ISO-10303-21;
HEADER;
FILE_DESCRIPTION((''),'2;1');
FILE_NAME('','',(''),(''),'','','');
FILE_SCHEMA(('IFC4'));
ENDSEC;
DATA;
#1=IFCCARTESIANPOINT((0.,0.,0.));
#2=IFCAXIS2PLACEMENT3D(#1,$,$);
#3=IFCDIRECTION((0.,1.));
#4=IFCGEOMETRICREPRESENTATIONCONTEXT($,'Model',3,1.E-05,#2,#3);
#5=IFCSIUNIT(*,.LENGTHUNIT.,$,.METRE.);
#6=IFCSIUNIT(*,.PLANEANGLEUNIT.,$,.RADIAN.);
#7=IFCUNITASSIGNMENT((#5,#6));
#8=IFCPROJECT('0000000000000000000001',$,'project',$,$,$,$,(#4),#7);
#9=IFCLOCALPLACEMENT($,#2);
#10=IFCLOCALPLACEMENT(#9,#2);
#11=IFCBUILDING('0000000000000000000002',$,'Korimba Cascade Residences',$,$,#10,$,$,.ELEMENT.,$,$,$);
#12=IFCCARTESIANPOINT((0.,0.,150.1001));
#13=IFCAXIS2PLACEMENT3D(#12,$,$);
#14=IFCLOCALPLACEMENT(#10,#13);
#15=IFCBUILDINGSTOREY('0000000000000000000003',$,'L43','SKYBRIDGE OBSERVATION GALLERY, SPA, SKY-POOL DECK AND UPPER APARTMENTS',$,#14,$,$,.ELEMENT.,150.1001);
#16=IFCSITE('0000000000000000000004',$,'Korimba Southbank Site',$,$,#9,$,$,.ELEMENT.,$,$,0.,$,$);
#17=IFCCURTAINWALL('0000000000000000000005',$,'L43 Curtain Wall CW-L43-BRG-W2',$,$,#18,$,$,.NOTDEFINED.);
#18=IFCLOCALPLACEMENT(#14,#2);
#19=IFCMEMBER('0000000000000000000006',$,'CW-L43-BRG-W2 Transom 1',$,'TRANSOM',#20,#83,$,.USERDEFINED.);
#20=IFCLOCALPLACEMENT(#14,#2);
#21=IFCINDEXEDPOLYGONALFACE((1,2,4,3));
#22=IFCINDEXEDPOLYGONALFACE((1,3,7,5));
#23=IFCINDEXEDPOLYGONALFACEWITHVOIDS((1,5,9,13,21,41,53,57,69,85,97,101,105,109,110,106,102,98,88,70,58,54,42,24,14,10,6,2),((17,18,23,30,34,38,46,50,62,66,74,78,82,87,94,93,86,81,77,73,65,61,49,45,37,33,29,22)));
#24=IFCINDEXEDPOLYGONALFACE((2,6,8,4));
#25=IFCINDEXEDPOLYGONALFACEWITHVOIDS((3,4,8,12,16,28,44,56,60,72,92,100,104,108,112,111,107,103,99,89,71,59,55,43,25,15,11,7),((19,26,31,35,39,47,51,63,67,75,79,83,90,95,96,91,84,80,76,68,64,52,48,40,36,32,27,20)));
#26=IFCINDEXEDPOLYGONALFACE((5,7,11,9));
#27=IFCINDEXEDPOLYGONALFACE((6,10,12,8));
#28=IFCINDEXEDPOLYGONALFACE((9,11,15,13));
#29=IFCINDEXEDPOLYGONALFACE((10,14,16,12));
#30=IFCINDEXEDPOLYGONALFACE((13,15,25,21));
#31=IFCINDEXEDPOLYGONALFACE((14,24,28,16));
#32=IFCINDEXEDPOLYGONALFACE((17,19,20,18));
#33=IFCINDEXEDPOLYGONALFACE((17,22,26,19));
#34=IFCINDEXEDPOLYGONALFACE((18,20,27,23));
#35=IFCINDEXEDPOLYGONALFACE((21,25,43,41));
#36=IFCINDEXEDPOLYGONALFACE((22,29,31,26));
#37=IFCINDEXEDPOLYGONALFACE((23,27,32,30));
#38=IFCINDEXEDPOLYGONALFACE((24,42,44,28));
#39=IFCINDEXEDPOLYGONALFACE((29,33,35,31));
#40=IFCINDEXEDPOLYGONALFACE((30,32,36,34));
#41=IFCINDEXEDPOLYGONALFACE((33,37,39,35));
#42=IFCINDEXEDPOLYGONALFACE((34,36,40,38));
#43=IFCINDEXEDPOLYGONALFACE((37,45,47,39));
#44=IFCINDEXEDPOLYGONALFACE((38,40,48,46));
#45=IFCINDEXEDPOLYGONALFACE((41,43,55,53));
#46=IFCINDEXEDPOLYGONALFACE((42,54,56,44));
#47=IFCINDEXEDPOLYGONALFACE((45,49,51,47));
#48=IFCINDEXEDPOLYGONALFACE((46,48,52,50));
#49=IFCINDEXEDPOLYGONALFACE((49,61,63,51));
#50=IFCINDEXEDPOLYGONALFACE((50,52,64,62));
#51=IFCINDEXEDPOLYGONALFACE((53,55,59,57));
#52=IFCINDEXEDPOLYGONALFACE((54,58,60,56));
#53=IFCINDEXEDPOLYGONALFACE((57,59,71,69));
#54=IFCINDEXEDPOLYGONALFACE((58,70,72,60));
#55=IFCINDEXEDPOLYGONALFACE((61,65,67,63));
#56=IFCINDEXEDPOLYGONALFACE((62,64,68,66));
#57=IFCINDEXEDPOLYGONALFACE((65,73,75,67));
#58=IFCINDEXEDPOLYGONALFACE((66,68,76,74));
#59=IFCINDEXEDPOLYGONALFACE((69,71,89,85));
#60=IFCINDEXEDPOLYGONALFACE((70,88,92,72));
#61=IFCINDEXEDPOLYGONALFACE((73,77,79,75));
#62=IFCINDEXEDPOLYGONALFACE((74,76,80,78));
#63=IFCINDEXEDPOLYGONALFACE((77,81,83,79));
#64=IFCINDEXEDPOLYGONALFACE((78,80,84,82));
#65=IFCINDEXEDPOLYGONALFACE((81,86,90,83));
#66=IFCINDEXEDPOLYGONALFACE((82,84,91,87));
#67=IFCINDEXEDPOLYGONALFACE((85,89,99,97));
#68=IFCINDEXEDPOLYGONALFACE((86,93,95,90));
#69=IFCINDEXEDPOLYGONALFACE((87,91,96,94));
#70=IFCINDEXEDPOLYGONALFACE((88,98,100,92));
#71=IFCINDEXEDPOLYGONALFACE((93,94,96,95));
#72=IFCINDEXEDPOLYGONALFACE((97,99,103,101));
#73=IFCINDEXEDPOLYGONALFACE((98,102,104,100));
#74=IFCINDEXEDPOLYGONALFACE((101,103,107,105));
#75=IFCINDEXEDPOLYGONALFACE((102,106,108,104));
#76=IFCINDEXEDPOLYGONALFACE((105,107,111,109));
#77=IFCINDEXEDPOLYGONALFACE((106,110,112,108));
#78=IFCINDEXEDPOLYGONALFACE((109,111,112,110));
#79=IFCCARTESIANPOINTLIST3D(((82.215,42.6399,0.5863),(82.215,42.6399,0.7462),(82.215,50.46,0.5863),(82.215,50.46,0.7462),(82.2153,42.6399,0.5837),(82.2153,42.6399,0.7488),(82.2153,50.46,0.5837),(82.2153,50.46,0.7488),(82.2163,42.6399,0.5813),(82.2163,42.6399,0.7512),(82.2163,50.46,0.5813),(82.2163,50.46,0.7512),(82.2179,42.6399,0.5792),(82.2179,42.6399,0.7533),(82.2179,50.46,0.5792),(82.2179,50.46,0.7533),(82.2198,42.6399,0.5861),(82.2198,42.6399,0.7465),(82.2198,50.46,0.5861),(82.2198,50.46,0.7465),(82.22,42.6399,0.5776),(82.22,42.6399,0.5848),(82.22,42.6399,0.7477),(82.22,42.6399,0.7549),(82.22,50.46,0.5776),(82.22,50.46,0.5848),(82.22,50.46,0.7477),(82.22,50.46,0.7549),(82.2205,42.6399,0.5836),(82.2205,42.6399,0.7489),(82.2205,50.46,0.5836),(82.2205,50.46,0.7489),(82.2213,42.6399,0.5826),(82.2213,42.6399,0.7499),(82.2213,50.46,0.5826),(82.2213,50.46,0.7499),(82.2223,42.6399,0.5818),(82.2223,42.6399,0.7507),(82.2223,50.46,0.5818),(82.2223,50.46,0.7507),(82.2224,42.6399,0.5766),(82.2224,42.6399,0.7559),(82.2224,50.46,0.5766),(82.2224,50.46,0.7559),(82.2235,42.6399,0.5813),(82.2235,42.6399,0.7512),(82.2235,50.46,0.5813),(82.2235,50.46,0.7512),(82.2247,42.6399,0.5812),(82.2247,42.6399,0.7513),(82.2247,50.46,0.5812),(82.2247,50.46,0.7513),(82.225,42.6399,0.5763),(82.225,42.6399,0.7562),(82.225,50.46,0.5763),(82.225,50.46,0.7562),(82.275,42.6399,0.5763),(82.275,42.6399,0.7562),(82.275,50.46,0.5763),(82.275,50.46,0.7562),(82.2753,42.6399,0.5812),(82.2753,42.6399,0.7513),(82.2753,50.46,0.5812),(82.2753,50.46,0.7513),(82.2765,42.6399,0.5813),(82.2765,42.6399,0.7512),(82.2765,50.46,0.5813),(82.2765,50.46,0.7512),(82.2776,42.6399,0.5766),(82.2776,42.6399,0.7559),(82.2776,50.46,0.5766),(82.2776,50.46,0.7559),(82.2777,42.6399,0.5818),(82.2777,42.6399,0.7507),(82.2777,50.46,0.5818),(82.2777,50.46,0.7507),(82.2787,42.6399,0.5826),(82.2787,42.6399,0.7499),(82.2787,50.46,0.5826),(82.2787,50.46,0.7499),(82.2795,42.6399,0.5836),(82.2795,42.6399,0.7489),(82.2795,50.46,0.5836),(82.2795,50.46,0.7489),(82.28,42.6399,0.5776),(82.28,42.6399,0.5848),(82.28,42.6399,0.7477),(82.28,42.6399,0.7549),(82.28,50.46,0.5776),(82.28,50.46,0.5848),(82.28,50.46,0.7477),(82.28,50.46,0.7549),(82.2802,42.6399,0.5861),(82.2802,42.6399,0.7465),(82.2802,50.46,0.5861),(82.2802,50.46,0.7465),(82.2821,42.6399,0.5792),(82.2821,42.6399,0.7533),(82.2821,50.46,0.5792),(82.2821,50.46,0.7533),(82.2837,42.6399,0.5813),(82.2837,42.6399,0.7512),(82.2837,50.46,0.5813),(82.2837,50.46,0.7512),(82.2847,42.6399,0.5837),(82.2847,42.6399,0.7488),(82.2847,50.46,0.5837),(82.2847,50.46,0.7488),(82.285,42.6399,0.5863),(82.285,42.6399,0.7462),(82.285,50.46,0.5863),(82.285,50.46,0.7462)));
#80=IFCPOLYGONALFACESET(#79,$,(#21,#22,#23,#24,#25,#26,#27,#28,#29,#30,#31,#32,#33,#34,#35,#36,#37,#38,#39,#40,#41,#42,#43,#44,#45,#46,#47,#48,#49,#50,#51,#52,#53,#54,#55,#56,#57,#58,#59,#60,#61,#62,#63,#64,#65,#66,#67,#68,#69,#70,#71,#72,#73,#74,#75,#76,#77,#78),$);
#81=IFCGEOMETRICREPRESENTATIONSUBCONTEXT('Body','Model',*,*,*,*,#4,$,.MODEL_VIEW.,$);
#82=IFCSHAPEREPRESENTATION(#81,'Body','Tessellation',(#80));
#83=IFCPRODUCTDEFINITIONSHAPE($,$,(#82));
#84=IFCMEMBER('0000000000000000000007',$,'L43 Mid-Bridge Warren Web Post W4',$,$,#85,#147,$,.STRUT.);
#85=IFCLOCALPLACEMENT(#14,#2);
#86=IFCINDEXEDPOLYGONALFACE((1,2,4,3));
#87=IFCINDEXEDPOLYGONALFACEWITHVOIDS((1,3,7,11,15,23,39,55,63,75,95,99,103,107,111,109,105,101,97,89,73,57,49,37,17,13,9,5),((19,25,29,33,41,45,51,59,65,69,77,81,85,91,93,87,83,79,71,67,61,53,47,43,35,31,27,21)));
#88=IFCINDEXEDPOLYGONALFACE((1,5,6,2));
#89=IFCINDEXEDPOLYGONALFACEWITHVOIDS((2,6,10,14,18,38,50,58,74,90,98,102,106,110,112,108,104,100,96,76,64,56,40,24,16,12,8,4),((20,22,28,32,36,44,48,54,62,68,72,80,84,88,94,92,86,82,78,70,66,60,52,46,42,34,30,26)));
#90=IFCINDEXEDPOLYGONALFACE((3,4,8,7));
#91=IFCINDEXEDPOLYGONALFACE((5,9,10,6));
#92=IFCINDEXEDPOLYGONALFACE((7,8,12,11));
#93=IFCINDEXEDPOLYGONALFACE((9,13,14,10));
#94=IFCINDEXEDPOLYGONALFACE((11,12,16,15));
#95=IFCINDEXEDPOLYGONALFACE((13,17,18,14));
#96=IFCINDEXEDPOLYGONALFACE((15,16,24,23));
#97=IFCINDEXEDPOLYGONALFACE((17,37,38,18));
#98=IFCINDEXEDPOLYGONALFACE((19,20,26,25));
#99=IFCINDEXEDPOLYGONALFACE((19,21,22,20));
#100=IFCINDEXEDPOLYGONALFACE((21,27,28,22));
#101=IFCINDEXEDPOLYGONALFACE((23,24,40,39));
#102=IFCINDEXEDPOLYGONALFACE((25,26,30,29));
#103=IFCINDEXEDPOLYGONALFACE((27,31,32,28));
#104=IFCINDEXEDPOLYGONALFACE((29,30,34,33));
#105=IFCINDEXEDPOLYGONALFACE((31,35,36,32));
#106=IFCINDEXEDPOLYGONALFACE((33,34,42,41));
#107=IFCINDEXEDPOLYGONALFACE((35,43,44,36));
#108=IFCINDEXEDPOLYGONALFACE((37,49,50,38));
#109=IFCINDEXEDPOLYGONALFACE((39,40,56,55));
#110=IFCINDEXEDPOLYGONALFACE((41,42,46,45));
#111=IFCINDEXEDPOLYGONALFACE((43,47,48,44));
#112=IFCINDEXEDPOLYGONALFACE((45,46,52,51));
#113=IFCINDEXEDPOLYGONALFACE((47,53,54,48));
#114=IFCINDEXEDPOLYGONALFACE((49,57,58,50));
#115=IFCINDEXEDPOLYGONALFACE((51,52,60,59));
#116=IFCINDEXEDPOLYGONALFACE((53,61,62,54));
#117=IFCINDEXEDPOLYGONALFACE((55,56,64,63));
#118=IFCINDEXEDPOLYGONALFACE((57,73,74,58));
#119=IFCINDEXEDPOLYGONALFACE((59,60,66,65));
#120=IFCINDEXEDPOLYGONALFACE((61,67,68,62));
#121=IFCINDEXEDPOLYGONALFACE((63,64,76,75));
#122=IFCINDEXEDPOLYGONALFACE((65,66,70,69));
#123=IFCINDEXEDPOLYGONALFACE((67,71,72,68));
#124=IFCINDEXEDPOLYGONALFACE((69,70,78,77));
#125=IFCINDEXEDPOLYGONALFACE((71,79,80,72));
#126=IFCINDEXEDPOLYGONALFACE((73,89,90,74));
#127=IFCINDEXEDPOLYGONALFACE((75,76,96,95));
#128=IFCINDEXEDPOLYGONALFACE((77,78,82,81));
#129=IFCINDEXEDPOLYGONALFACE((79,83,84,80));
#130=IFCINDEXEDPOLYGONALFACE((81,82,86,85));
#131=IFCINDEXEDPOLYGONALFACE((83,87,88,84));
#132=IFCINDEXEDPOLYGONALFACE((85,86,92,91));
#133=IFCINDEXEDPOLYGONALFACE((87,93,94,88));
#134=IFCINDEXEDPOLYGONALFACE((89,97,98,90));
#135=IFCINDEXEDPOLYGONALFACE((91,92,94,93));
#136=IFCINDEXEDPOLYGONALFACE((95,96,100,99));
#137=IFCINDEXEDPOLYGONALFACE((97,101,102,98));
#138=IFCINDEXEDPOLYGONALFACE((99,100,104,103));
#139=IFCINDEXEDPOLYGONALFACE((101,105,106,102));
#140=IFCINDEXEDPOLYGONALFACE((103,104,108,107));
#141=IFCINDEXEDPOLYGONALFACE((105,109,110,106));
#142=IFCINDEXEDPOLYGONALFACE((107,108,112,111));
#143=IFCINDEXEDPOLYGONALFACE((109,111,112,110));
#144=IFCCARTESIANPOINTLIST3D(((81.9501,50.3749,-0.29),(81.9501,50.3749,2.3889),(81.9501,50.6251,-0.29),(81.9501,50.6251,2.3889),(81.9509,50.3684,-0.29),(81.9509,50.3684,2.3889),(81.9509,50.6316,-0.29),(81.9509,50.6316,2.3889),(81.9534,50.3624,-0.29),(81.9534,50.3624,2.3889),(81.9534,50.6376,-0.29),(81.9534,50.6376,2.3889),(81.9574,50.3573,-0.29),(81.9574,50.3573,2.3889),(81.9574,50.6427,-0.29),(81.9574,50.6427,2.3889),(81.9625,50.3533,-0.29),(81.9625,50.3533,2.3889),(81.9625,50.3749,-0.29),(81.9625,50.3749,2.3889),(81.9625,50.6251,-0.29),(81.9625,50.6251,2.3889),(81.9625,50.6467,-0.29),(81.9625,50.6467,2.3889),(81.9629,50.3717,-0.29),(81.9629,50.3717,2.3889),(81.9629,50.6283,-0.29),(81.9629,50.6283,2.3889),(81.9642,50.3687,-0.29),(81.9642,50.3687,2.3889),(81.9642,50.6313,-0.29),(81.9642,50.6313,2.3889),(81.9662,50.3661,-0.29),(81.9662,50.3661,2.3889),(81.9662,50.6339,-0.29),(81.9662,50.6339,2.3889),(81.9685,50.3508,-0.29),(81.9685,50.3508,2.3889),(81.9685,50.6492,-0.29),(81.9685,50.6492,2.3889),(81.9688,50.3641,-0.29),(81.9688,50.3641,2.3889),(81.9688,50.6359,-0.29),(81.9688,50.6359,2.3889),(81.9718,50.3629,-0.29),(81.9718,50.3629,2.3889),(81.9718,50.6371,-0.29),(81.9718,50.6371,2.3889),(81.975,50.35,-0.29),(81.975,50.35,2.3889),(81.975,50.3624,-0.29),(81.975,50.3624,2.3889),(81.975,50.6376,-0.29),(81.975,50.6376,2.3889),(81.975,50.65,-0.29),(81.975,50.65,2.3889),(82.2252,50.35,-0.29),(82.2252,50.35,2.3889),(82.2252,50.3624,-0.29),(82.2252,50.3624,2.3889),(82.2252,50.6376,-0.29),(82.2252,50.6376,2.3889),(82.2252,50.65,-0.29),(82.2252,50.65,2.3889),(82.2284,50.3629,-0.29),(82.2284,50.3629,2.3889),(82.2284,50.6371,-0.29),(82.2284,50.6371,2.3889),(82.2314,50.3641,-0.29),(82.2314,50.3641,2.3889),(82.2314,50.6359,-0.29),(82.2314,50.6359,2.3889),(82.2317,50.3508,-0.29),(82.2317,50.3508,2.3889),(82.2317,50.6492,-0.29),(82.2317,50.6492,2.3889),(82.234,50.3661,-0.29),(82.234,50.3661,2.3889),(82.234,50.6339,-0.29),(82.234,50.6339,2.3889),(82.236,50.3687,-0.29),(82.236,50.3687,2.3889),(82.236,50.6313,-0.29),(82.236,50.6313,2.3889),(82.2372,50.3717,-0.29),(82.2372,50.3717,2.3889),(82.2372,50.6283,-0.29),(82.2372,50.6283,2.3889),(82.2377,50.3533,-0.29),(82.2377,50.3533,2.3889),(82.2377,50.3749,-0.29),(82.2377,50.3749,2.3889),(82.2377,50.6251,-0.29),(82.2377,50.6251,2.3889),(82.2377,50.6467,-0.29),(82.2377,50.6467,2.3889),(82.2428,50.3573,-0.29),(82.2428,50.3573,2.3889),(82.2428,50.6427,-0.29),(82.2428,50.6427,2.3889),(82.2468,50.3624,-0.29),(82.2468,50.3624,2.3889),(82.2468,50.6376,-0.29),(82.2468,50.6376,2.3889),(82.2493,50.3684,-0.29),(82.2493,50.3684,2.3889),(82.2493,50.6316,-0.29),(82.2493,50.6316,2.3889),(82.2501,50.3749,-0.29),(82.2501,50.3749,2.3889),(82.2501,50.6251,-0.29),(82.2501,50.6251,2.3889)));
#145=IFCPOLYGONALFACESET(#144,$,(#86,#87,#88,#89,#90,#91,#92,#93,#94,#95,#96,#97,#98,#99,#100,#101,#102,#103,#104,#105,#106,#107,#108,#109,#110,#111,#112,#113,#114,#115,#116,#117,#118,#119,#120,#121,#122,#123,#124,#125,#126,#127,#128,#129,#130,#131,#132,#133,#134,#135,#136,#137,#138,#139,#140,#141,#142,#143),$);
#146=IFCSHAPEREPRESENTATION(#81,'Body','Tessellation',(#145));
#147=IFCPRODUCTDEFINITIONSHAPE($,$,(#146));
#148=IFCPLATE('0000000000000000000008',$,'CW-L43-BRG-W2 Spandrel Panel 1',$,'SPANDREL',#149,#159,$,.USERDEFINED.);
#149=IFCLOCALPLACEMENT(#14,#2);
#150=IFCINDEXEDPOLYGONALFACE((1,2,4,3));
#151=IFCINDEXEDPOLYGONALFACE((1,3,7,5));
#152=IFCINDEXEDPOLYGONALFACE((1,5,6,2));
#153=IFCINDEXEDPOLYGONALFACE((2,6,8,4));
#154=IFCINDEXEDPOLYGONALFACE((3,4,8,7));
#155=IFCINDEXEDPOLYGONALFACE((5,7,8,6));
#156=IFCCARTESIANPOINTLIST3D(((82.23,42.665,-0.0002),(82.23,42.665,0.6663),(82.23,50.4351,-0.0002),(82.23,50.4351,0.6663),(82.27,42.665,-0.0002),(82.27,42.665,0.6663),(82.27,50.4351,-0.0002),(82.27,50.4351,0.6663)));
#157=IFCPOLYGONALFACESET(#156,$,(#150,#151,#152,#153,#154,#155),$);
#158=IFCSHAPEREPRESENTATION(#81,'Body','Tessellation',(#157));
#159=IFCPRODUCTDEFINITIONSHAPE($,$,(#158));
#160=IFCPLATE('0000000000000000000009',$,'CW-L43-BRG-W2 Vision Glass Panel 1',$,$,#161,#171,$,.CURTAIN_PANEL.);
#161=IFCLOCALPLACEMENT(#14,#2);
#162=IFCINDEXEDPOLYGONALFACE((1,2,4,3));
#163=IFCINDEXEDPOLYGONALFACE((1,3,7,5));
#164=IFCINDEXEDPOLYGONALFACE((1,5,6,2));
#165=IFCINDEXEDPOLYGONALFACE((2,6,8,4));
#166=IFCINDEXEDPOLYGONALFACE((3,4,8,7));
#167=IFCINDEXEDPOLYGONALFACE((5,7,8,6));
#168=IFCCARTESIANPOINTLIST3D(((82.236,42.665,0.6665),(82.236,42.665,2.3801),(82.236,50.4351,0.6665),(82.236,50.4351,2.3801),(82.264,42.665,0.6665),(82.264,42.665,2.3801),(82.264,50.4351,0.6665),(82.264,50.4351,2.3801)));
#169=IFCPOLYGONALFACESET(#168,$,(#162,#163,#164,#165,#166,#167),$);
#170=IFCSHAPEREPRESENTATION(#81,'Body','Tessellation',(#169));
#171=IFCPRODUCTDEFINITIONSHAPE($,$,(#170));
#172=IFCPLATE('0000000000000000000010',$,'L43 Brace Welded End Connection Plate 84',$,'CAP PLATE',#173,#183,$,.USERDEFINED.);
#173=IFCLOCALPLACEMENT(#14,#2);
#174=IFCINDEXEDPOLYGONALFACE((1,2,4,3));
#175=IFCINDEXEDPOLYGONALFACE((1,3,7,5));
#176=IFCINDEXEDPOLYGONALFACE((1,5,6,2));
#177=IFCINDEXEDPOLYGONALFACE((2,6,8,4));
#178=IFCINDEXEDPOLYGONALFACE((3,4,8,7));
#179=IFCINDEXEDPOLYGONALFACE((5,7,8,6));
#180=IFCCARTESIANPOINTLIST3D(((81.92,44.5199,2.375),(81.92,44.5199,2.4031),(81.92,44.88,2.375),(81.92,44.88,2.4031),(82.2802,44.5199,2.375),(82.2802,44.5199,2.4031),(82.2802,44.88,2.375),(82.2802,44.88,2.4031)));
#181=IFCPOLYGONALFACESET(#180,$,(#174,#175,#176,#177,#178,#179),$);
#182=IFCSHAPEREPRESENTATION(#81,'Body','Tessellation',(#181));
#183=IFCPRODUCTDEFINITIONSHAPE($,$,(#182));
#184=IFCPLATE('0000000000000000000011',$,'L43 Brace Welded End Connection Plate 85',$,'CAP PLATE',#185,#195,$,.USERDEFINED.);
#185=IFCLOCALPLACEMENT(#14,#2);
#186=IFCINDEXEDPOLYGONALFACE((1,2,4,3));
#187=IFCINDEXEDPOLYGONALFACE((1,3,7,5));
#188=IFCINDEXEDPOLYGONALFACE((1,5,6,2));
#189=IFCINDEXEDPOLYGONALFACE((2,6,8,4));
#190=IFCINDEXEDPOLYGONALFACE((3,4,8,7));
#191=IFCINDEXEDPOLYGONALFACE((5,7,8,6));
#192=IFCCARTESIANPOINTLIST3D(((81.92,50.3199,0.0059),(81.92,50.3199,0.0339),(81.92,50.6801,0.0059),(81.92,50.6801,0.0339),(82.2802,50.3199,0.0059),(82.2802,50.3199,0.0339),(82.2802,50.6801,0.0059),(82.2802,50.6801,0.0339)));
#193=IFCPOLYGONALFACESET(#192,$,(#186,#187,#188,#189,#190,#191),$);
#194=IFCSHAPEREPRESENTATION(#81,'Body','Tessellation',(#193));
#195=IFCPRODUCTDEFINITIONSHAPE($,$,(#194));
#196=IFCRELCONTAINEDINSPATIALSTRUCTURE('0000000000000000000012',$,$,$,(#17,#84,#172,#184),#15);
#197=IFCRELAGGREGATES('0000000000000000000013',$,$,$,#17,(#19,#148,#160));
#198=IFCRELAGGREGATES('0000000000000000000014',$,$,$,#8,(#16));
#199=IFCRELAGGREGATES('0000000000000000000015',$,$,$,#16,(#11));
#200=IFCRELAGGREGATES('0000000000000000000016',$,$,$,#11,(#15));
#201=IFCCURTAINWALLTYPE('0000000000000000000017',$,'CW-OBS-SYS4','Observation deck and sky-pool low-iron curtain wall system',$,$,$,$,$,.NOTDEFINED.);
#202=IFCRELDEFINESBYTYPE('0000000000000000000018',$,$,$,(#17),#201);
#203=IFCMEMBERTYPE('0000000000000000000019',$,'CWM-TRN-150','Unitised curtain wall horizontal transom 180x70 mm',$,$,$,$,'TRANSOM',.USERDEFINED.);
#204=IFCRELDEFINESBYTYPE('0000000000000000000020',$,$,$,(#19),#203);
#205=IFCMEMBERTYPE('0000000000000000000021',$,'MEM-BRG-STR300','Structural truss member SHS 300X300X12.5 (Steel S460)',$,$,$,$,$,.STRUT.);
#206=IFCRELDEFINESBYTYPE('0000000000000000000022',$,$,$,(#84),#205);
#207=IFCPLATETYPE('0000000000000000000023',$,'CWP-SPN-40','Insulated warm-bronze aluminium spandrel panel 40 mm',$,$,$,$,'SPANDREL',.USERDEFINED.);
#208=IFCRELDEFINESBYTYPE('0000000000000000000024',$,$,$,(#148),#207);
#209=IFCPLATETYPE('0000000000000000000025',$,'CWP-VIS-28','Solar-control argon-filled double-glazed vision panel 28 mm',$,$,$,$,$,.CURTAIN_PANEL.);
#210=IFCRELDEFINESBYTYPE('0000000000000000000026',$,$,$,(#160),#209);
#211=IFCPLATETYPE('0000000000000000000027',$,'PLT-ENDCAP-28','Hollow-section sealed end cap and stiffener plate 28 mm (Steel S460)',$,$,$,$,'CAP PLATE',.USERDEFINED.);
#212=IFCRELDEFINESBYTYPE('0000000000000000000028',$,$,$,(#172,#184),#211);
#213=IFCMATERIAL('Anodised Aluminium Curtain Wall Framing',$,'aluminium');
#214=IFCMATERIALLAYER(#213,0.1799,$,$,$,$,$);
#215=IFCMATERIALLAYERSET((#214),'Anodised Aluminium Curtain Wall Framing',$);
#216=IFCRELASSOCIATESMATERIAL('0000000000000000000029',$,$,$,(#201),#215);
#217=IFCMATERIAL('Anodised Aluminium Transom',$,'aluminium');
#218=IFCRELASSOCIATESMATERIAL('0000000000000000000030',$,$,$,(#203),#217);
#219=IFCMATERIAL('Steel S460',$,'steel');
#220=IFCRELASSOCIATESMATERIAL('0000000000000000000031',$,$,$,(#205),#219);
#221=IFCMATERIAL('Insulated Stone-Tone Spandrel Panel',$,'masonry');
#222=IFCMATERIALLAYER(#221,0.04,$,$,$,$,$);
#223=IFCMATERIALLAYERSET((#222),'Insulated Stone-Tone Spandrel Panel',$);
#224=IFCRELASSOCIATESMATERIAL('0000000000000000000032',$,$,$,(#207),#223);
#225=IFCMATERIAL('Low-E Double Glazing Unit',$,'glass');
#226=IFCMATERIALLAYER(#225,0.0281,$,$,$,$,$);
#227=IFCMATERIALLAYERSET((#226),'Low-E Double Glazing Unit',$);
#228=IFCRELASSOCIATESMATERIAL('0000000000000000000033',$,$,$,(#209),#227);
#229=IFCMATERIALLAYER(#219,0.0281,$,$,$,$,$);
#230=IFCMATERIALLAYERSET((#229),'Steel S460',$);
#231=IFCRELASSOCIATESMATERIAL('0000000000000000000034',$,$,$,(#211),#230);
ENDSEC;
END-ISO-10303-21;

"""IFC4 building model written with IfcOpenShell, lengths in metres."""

from ifc_helpers import new_model, si_unit, direction, frame, origin, origin_2d, place, context, subcontext, project, spatial, rectangle, hollow_rectangle, extrude, material, layer, layer_set, material_profile, profile_set, type_object, element, aggregate, save


model = new_model("IFC4")

# Units and contexts
model_context = context("Model", 3, precision=1e-05, world=origin(), true_north=direction((0.0, 1.0)))
body_context = subcontext(model_context, "Body", "Model", "MODEL_VIEW")
ifc_project = project(units=[si_unit("LENGTHUNIT", "METRE"), si_unit("PLANEANGLEUNIT", "RADIAN")], contexts=[model_context])

# Site, building, storey
site_placement = place(None, origin())
site = spatial("IfcSite", under=ifc_project, at=site_placement, Name="Korimba Southbank Site", CompositionType="ELEMENT", RefElevation=0.0)
building_placement = place(site_placement, origin())
building = spatial("IfcBuilding", under=site, at=building_placement, Name="Korimba Cascade Residences", CompositionType="ELEMENT")
storey_placement = place(building_placement, frame((0.0, 0.0, 150.1001)))
storey = spatial("IfcBuildingStorey", under=building, at=storey_placement, Name="L43", Description="SKYBRIDGE OBSERVATION GALLERY, SPA, SKY-POOL DECK AND UPPER APARTMENTS", CompositionType="ELEMENT", Elevation=150.1001)

# Curtain wall, member
ifc_material_1 = material(Name="Anodised Aluminium Curtain Wall Framing", Category="aluminium")
ifc_layer_1 = layer(ifc_material_1, 0.1799)
ifc_layer_set_1 = layer_set([ifc_layer_1], Name="Anodised Aluminium Curtain Wall Framing")
curtain_wall_type = type_object("IfcCurtainWallType", Name="CW-OBS-SYS4", Description="Observation deck and sky-pool low-iron curtain wall system", PredefinedType="NOTDEFINED", material=ifc_layer_set_1)
curtain_wall_placement = place(storey_placement, origin())
curtain_wall = element("IfcCurtainWall", 1, at=curtain_wall_placement, inside=storey, type_object=curtain_wall_type, Name="L43 Curtain Wall CW-L43-BRG-W2", PredefinedType="NOTDEFINED")
ifc_material_2 = material(Name="Anodised Aluminium Transom", Category="aluminium")
ifc_material_profile_1 = material_profile(ifc_material_2, hollow_rectangle(XDim=0.0701, YDim=0.1799, WallThickness=0.0049, InnerFilletRadius=0.0049, OuterFilletRadius=0.01, at=origin_2d()), Name="Anodised Aluminium Transom")
ifc_profile_set_1 = profile_set([ifc_material_profile_1], Name="Anodised Aluminium Transom")
member_type_1 = type_object("IfcMemberType", Name="CWM-TRN-150", Description="Unitised curtain wall horizontal transom 180x70 mm", ElementType="TRANSOM", PredefinedType="USERDEFINED", material=ifc_profile_set_1)
member_1_placement = place(storey_placement, frame((82.25, 42.6399, 0.6663), z_axis=(0.0, 1.0, 0.0), x_axis=(-1.0, 0.0, 0.0)))
member_1 = element("IfcMember", 2, at=member_1_placement, type_object=member_type_1, Name="CW-L43-BRG-W2 Transom 1", ObjectType="TRANSOM", PredefinedType="USERDEFINED", context=body_context, shape_type="SweptSolid", body=[
    extrude(hollow_rectangle(XDim=0.0701, YDim=0.1799, WallThickness=0.0049, InnerFilletRadius=0.0049, OuterFilletRadius=0.01, at=origin_2d()), origin(), (0.0, 0.0, 1.0), 7.8201),
])

# Member
ifc_material_3 = material(Name="Steel S460", Category="steel")
ifc_material_profile_2 = material_profile(ifc_material_3, hollow_rectangle(XDim=0.3, YDim=0.3, WallThickness=0.0125, InnerFilletRadius=0.0125, OuterFilletRadius=0.0249, at=origin_2d()), Name="Steel S460")
ifc_profile_set_2 = profile_set([ifc_material_profile_2], Name="Steel S460")
member_type_2 = type_object("IfcMemberType", Name="MEM-BRG-STR300", Description="Structural truss member SHS 300X300X12.5 (Steel S460)", PredefinedType="STRUT", material=ifc_profile_set_2)
member_2_placement = place(storey_placement, frame((82.1001, 50.5, -0.29), z_axis=(0.0, 0.0, 1.0), x_axis=(1.0, 0.0, 0.0)))
element("IfcMember", 3, at=member_2_placement, inside=storey, type_object=member_type_2, Name="L43 Mid-Bridge Warren Web Post W4", PredefinedType="STRUT", context=body_context, shape_type="SweptSolid", body=[
    extrude(hollow_rectangle(XDim=0.3, YDim=0.3, WallThickness=0.0125, InnerFilletRadius=0.0125, OuterFilletRadius=0.0249, at=origin_2d()), origin(), (0.0, 0.0, 1.0), 2.679),
])

# Plates
ifc_material_4 = material(Name="Insulated Stone-Tone Spandrel Panel", Category="masonry")
ifc_layer_2 = layer(ifc_material_4, 0.04)
ifc_layer_set_2 = layer_set([ifc_layer_2], Name="Insulated Stone-Tone Spandrel Panel")
plate_type_1 = type_object("IfcPlateType", Name="CWP-SPN-40", Description="Insulated warm-bronze aluminium spandrel panel 40 mm", ElementType="SPANDREL", PredefinedType="USERDEFINED", material=ifc_layer_set_2)
plate_1_placement = place(storey_placement, frame((82.25, 46.55, -0.0002), z_axis=(0.0, 0.0, 1.0), x_axis=(0.0, 1.0, 0.0)))
plate_1 = element("IfcPlate", 4, at=plate_1_placement, type_object=plate_type_1, Name="CW-L43-BRG-W2 Spandrel Panel 1", ObjectType="SPANDREL", PredefinedType="USERDEFINED", context=body_context, shape_type="SweptSolid", body=[
    extrude(rectangle(XDim=7.77, YDim=0.04, at=origin_2d()), origin(), (0.0, 0.0, 1.0), 0.6665),
])
ifc_material_5 = material(Name="Low-E Double Glazing Unit", Category="glass")
ifc_layer_3 = layer(ifc_material_5, 0.0281)
ifc_layer_set_3 = layer_set([ifc_layer_3], Name="Low-E Double Glazing Unit")
plate_type_2 = type_object("IfcPlateType", Name="CWP-VIS-28", Description="Solar-control argon-filled double-glazed vision panel 28 mm", PredefinedType="CURTAIN_PANEL", material=ifc_layer_set_3)
plate_2_placement = place(storey_placement, frame((82.25, 46.55, 0.6665), z_axis=(0.0, 0.0, 1.0), x_axis=(0.0, 1.0, 0.0)))
plate_2 = element("IfcPlate", 5, at=plate_2_placement, type_object=plate_type_2, Name="CW-L43-BRG-W2 Vision Glass Panel 1", PredefinedType="CURTAIN_PANEL", context=body_context, shape_type="SweptSolid", body=[
    extrude(rectangle(XDim=7.77, YDim=0.0281, at=origin_2d()), origin(), (0.0, 0.0, 1.0), 1.7136),
])
aggregate(curtain_wall, [member_1, plate_1, plate_2])

# Plates
ifc_layer_4 = layer(ifc_material_3, 0.0281)
ifc_layer_set_4 = layer_set([ifc_layer_4], Name="Steel S460")
plate_type_3 = type_object("IfcPlateType", Name="PLT-ENDCAP-28", Description="Hollow-section sealed end cap and stiffener plate 28 mm (Steel S460)", ElementType="CAP PLATE", PredefinedType="USERDEFINED", material=ifc_layer_set_4)
for number, where, z_axis, x_axis, name in (
    (6, (82.1001, 44.7, 2.375), (0.0, 0.0, 1.0), (1.0, 0.0, 0.0), "L43 Brace Welded End Connection Plate 84"),
    (7, (82.1001, 50.5, 0.0059), (0.0, 0.0, 1.0), (1.0, 0.0, 0.0), "L43 Brace Welded End Connection Plate 85"),
):
    element("IfcPlate", number, at=place(storey_placement, frame(where, z_axis=z_axis, x_axis=x_axis)), inside=storey, type_object=plate_type_3, Name=name, ObjectType="CAP PLATE", PredefinedType="USERDEFINED", context=body_context, shape_type="SweptSolid", body=[
        extrude(rectangle(XDim=0.3601, YDim=0.3601, at=origin_2d()), origin(), (0.0, 0.0, 1.0), 0.0281),
    ])

save(model, "model.ifc")
